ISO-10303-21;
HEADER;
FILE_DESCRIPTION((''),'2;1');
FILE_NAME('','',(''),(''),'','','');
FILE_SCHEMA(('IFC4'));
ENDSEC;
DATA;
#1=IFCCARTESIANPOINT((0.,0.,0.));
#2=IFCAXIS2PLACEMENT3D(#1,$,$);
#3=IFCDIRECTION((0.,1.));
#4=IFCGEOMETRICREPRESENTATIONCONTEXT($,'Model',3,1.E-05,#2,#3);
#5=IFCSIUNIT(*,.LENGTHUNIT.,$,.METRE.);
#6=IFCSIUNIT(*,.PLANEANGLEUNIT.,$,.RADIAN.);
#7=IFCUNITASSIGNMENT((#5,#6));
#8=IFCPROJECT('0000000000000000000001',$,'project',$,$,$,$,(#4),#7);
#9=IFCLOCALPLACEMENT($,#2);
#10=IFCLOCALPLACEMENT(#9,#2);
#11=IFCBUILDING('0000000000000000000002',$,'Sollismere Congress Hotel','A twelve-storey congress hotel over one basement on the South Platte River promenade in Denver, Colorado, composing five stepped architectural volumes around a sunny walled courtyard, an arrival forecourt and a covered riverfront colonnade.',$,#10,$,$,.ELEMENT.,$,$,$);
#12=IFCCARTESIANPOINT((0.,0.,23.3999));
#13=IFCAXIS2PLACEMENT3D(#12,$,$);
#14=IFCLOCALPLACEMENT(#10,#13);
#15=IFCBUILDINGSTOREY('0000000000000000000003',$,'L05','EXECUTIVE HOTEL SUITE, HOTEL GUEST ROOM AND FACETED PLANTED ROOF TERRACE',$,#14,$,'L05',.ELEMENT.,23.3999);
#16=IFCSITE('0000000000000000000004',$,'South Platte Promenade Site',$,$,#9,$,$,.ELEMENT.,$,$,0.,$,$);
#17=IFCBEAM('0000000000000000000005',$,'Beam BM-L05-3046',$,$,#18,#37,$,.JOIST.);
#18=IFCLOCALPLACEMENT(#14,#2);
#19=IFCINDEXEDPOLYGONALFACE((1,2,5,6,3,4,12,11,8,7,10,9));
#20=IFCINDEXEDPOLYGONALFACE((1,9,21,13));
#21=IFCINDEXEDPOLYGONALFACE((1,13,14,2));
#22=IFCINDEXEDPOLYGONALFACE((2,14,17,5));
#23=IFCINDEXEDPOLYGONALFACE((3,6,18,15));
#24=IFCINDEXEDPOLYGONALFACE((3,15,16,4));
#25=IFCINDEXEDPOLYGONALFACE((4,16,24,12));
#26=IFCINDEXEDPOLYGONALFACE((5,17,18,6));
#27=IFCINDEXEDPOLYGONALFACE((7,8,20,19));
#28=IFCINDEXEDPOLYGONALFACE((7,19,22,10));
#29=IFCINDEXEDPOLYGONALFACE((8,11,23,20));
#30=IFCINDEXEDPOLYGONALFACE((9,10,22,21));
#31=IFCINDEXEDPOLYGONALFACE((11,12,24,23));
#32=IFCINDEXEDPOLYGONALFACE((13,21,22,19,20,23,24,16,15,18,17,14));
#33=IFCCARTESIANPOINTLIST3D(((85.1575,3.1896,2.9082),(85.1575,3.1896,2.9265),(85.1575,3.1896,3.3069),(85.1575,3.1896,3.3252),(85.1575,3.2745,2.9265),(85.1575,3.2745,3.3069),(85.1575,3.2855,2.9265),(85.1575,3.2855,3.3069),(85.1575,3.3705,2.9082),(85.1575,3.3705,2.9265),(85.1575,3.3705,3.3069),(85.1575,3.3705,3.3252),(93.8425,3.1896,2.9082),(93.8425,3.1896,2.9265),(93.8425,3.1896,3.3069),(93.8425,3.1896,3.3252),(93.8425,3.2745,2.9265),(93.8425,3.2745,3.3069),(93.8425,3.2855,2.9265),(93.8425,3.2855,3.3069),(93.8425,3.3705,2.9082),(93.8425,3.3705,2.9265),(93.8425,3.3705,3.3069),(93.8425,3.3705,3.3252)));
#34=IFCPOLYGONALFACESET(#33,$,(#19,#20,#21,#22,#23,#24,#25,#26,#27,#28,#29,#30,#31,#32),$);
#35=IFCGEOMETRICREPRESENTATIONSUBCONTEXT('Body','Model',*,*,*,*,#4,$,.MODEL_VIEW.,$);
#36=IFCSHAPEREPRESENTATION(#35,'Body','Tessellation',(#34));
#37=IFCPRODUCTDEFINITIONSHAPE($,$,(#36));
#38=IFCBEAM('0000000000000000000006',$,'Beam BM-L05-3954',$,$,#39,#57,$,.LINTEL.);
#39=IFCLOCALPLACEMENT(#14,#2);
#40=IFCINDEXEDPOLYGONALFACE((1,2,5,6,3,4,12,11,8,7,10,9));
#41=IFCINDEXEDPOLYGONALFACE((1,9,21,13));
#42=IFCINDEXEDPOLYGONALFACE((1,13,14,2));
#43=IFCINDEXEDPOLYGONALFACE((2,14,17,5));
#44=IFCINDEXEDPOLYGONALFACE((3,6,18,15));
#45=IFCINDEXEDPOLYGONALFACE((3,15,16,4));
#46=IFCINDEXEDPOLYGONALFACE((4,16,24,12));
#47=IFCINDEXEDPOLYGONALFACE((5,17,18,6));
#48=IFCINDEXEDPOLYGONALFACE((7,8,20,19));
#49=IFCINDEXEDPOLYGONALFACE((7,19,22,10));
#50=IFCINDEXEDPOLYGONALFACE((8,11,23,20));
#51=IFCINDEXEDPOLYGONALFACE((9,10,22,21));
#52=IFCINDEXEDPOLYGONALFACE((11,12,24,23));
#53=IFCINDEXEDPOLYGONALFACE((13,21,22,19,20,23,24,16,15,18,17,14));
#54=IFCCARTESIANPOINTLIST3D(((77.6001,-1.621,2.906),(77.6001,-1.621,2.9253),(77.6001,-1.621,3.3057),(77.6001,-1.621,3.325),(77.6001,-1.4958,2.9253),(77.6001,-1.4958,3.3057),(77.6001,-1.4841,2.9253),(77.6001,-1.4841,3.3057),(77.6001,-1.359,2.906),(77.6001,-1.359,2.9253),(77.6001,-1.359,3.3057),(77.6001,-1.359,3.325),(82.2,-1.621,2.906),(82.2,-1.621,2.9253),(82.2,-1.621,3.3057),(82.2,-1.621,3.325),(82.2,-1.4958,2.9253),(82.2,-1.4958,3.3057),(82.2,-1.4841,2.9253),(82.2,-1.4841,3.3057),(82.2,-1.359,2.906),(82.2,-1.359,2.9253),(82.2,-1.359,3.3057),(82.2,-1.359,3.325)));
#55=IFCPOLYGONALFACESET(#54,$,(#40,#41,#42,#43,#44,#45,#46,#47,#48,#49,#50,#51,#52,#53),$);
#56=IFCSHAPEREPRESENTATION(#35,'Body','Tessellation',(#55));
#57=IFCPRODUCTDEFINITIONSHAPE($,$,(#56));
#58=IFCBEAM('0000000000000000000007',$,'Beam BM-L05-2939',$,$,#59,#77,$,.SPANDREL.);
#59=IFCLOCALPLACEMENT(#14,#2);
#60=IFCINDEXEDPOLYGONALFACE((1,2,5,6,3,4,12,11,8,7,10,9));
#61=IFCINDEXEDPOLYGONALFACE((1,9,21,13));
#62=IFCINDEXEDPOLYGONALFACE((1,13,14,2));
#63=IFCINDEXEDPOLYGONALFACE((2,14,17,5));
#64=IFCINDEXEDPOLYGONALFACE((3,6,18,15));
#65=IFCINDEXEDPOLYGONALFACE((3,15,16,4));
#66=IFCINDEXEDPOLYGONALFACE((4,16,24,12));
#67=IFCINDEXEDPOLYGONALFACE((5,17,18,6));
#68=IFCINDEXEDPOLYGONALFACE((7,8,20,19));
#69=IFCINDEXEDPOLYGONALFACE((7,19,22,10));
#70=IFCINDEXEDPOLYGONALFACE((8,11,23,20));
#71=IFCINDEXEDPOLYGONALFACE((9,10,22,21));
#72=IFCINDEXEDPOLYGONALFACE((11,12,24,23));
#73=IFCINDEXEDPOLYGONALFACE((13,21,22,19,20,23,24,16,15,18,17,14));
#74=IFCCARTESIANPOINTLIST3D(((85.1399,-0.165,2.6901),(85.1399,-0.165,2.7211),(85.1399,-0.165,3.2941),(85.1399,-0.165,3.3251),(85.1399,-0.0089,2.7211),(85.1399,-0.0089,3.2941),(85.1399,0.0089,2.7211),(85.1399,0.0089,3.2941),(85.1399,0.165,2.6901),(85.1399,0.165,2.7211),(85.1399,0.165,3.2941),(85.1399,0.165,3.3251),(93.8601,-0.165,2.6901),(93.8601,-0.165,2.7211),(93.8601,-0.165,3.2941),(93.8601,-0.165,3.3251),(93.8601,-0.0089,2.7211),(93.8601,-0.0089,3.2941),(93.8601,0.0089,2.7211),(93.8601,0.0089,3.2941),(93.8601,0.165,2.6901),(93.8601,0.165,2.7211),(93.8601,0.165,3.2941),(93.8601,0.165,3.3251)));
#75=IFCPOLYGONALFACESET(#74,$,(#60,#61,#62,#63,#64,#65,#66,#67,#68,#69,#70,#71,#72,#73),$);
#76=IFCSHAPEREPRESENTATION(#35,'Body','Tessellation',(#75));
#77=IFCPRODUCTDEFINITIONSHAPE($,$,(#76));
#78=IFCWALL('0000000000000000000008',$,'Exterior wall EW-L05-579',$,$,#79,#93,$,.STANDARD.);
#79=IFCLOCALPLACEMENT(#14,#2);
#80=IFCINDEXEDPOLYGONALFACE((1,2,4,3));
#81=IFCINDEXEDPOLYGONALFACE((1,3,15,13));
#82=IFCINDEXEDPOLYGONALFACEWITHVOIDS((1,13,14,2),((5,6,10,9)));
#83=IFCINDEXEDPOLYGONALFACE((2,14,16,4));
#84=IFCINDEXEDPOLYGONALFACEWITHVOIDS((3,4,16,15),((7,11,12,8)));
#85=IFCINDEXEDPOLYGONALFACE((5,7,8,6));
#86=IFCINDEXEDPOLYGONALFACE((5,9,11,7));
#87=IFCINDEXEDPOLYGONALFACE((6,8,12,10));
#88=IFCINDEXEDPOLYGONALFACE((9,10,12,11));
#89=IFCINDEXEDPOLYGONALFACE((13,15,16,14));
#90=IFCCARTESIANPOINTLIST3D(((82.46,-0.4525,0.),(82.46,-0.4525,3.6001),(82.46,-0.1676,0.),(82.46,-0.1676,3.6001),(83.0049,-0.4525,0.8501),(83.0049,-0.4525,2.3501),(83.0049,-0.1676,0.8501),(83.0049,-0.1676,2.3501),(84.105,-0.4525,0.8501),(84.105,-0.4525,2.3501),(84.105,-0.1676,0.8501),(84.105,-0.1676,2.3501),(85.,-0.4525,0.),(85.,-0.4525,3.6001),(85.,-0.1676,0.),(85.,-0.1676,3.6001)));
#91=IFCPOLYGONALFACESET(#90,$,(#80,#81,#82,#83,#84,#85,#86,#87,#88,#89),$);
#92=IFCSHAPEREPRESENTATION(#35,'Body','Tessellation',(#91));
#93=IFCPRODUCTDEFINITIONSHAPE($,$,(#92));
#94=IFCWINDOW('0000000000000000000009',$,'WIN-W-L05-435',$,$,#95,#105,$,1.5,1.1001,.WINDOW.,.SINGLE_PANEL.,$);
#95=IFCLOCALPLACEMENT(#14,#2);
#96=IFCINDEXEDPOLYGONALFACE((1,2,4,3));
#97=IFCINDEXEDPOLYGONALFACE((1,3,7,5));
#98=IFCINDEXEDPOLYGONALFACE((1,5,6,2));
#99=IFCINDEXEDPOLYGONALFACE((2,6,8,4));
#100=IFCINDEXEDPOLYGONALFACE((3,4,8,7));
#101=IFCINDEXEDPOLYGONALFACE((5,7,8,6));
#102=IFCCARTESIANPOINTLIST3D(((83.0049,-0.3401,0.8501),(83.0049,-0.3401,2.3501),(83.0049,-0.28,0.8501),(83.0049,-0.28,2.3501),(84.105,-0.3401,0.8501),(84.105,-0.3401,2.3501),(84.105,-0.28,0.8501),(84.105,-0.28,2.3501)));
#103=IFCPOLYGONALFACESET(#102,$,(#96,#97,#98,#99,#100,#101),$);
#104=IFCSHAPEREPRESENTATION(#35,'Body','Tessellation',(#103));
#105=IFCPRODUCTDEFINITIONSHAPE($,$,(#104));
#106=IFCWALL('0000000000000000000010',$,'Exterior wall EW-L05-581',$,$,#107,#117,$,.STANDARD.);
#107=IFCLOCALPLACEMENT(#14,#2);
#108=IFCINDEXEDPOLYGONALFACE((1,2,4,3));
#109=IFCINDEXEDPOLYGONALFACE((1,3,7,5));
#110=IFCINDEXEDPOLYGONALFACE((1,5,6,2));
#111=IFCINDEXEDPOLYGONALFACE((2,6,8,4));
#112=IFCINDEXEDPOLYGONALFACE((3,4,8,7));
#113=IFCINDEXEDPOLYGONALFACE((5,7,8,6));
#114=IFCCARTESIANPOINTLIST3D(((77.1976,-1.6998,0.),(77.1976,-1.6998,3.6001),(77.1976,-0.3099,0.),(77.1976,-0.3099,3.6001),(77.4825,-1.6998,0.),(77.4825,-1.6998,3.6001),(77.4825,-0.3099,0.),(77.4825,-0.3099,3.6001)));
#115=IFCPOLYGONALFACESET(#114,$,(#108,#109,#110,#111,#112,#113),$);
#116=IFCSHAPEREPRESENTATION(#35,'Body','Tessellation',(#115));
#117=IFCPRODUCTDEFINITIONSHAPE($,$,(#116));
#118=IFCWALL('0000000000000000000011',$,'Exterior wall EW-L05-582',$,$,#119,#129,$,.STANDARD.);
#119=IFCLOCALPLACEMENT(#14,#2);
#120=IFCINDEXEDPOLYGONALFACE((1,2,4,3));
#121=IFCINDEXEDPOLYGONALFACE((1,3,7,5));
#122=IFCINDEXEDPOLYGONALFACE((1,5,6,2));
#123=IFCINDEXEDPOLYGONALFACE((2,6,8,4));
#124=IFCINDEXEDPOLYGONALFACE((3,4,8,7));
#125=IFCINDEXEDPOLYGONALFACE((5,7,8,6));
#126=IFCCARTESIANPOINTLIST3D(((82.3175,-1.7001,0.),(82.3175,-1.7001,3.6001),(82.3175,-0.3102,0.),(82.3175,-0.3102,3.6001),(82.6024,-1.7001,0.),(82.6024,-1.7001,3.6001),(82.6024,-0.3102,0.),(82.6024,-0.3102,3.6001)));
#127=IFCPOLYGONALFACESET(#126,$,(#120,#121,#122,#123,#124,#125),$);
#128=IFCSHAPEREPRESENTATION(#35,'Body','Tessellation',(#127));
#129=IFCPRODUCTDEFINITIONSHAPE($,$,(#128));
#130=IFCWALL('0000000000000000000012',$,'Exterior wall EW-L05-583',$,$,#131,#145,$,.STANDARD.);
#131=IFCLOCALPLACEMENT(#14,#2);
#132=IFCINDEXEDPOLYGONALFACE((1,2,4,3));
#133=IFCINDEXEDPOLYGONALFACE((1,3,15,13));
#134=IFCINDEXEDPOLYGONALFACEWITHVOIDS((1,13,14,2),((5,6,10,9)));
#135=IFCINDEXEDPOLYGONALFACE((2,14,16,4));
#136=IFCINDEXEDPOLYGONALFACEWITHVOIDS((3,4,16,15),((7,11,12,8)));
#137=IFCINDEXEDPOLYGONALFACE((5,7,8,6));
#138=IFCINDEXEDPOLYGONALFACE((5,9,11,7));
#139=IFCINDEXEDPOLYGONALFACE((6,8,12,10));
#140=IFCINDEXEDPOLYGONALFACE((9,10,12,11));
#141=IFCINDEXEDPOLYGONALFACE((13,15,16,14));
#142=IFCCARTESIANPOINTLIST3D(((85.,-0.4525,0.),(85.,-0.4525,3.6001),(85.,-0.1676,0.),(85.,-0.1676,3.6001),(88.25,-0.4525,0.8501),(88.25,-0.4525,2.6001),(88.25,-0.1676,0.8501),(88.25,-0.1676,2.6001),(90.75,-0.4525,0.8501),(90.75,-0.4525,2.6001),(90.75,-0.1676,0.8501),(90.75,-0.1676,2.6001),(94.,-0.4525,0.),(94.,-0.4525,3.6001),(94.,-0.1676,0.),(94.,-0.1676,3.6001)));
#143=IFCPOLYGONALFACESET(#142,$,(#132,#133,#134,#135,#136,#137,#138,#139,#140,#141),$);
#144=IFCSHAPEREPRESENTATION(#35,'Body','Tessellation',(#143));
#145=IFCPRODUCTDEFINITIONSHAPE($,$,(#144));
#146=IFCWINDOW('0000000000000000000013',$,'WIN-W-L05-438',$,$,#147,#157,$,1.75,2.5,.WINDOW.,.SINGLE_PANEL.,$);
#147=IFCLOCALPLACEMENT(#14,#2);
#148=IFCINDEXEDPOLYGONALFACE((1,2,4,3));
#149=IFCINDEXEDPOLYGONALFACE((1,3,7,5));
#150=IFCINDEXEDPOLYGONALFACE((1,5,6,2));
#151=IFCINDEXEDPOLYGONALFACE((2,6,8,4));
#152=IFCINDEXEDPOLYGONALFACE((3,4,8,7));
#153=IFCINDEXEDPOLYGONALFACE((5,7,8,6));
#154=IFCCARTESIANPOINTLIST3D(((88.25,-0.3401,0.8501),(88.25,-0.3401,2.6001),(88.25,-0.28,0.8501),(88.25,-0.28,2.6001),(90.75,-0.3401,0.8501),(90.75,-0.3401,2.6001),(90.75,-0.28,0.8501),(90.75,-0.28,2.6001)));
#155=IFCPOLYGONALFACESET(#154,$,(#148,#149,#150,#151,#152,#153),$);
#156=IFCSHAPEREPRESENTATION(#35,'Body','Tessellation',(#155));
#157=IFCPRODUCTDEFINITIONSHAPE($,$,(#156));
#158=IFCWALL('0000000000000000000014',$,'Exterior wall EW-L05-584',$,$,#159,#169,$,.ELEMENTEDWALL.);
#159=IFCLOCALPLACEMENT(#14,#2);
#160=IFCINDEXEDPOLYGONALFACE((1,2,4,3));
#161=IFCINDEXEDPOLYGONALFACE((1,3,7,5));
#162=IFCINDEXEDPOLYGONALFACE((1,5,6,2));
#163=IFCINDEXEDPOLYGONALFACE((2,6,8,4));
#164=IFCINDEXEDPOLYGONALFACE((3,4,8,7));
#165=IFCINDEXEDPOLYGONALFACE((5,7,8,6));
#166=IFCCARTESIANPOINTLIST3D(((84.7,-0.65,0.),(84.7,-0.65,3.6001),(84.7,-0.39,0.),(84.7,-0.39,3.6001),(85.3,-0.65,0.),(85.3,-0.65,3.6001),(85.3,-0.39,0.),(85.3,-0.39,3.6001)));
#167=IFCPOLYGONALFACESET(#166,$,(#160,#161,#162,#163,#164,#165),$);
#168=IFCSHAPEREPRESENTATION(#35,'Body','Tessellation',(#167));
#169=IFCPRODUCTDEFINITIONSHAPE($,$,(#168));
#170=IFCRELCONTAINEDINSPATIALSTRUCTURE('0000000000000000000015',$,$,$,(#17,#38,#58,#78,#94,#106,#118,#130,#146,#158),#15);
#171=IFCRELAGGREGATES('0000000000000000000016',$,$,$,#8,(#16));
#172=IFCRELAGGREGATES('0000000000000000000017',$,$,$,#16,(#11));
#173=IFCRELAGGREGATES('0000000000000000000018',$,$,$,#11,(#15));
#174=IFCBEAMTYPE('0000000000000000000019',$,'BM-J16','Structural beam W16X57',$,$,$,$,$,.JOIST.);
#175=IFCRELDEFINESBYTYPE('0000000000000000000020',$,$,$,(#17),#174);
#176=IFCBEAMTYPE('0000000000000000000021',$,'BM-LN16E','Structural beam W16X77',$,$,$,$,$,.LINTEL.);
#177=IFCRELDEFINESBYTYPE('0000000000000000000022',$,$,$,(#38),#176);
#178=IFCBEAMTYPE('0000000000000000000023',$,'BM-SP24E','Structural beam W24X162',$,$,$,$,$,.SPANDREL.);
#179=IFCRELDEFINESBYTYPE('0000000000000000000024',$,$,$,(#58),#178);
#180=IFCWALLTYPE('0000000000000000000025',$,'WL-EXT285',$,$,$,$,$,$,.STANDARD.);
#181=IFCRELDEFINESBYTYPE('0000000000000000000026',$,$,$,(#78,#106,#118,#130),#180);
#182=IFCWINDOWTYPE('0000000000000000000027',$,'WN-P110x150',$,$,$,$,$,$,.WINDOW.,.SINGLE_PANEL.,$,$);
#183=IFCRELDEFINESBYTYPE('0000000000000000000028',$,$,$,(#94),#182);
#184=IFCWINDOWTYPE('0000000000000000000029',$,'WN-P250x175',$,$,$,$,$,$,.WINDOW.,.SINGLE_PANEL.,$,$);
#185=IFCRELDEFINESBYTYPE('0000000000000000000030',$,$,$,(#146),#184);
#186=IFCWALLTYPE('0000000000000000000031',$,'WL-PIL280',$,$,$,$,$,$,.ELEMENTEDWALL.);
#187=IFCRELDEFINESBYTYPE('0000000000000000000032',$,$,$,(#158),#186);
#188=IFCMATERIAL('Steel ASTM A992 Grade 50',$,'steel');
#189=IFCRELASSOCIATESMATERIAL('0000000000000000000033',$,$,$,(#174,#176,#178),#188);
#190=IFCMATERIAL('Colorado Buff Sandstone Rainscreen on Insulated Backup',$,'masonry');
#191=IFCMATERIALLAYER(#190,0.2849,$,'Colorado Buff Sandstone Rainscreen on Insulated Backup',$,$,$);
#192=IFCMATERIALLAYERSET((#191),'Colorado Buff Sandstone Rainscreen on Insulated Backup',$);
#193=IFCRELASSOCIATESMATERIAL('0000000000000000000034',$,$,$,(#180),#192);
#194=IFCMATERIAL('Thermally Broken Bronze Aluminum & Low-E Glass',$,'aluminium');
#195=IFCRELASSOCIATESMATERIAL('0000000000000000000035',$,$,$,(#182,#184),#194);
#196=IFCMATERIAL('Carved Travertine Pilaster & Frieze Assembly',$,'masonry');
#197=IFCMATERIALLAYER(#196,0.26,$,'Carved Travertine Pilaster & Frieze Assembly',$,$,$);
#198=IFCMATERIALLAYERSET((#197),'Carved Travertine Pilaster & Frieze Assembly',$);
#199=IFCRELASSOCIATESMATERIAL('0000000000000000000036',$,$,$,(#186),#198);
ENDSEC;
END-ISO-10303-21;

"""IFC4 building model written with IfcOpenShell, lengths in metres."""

from ifc_helpers import new_model, si_unit, direction, frame, frame_2d, origin, origin_2d, place, context, subcontext, project, spatial, rectangle, i_section, extrude, material, layer, layer_set, material_profile, profile_set, type_object, element, fill, save


model = new_model("IFC4")

# Units and contexts
model_context = context("Model", 3, precision=1e-05, world=origin(), true_north=direction((0.0, 1.0)))
body_context = subcontext(model_context, "Body", "Model", "MODEL_VIEW")
ifc_project = project(units=[si_unit("LENGTHUNIT", "METRE"), si_unit("PLANEANGLEUNIT", "RADIAN")], contexts=[model_context])

# Site, building, storey
site_placement = place(None, origin())
site = spatial("IfcSite", under=ifc_project, at=site_placement, Name="South Platte Promenade Site", CompositionType="ELEMENT", RefElevation=0.0)
building_placement = place(site_placement, origin())
building = spatial("IfcBuilding", under=site, at=building_placement, Name="Sollismere Congress Hotel", Description="A twelve-storey congress hotel over one basement on the South Platte River promenade in Denver, Colorado, composing five stepped architectural volumes around a sunny walled courtyard, an arrival forecourt and a covered riverfront colonnade.", CompositionType="ELEMENT")
storey_placement = place(building_placement, frame((0.0, 0.0, 23.3999)))
storey = spatial("IfcBuildingStorey", under=building, at=storey_placement, Name="L05", Description="EXECUTIVE HOTEL SUITE, HOTEL GUEST ROOM AND FACETED PLANTED ROOF TERRACE", LongName="L05", CompositionType="ELEMENT", Elevation=23.3999)

# Shared definitions
ifc_material_1 = material(Name="Steel ASTM A992 Grade 50", Category="steel")

# Beams
ifc_material_profile_1 = material_profile(ifc_material_1, i_section(OverallWidth=0.1809, OverallDepth=0.417, WebThickness=0.011, FlangeThickness=0.0183, at=origin_2d()), Name="W16X57")
ifc_profile_set_1 = profile_set([ifc_material_profile_1], Name="Steel ASTM A992 Grade 50")
beam_type_1 = type_object("IfcBeamType", Name="BM-J16", Description="Structural beam W16X57", PredefinedType="JOIST", material=ifc_profile_set_1)
for number, where, z_axis, x_axis, name in (
    (1, (85.1575, 3.28, 3.1167), (1.0, 0.0, 0.0), (0.0, 1.0, 0.0), "Beam BM-L05-3046"),
):
    element("IfcBeam", number, at=place(storey_placement, frame(where, z_axis=z_axis, x_axis=x_axis)), inside=storey, type_object=beam_type_1, Name=name, PredefinedType="JOIST", context=body_context, shape_type="SweptSolid", body=[
        extrude(i_section(OverallWidth=0.1809, OverallDepth=0.417, WebThickness=0.011, FlangeThickness=0.0183, at=origin_2d()), origin(), (0.0, 0.0, 1.0), 8.6851),
    ])
ifc_material_profile_2 = material_profile(ifc_material_1, i_section(OverallWidth=0.262, OverallDepth=0.4189, WebThickness=0.0117, FlangeThickness=0.0193, at=origin_2d()), Name="W16X77")
ifc_profile_set_2 = profile_set([ifc_material_profile_2], Name="Steel ASTM A992 Grade 50")
beam_type_2 = type_object("IfcBeamType", Name="BM-LN16E", Description="Structural beam W16X77", PredefinedType="LINTEL", material=ifc_profile_set_2)
beam_1_placement = place(storey_placement, frame((77.6001, -1.49, 3.1155), z_axis=(1.0, 0.0, 0.0), x_axis=(0.0, 1.0, 0.0)))
element("IfcBeam", 2, at=beam_1_placement, inside=storey, type_object=beam_type_2, Name="Beam BM-L05-3954", PredefinedType="LINTEL", context=body_context, shape_type="SweptSolid", body=[
    extrude(i_section(OverallWidth=0.262, OverallDepth=0.4189, WebThickness=0.0117, FlangeThickness=0.0193, at=origin_2d()), origin(), (0.0, 0.0, 1.0), 4.5999),
])
ifc_material_profile_3 = material_profile(ifc_material_1, i_section(OverallWidth=0.3301, OverallDepth=0.635, WebThickness=0.0178, FlangeThickness=0.031, at=origin_2d()), Name="W24X162")
ifc_profile_set_3 = profile_set([ifc_material_profile_3], Name="Steel ASTM A992 Grade 50")
beam_type_3 = type_object("IfcBeamType", Name="BM-SP24E", Description="Structural beam W24X162", PredefinedType="SPANDREL", material=ifc_profile_set_3)
beam_2_placement = place(storey_placement, frame((85.1399, 0.0, 3.0076), z_axis=(1.0, 0.0, 0.0), x_axis=(0.0, 1.0, 0.0)))
element("IfcBeam", 3, at=beam_2_placement, inside=storey, type_object=beam_type_3, Name="Beam BM-L05-2939", PredefinedType="SPANDREL", context=body_context, shape_type="SweptSolid", body=[
    extrude(i_section(OverallWidth=0.3301, OverallDepth=0.635, WebThickness=0.0178, FlangeThickness=0.031, at=origin_2d()), origin(), (0.0, 0.0, 1.0), 8.7202),
])

# Wall, opening, window
ifc_material_2 = material(Name="Colorado Buff Sandstone Rainscreen on Insulated Backup", Category="masonry")
ifc_layer_1 = layer(ifc_material_2, 0.2849, Name="Colorado Buff Sandstone Rainscreen on Insulated Backup")
ifc_layer_set_1 = layer_set([ifc_layer_1], Name="Colorado Buff Sandstone Rainscreen on Insulated Backup")
wall_type_1 = type_object("IfcWallType", Name="WL-EXT285", PredefinedType="STANDARD", material=ifc_layer_set_1)
wall_1_placement = place(storey_placement, frame((82.46, -0.3101, 0.0), z_axis=(0.0, 0.0, 1.0), x_axis=(1.0, 0.0, 0.0)))
wall_1 = element("IfcWall", 4, at=wall_1_placement, inside=storey, type_object=wall_type_1, Name="Exterior wall EW-L05-579", PredefinedType="STANDARD", context=body_context, shape_type="SweptSolid", body=[
    extrude(rectangle(XDim=2.54, YDim=0.2849, at=frame_2d((1.27, 0.0))), origin(), (0.0, 0.0, 1.0), 3.6001),
])
opening_1_placement = place(wall_1_placement, frame((0.5449, 0.0, 0.8501)))
opening_1 = element("IfcOpeningElement", 5, at=opening_1_placement, cuts=wall_1, PredefinedType="OPENING", context=body_context, shape_type="SweptSolid", body=[
    extrude(rectangle(XDim=1.1001, YDim=1.5, at=frame_2d((0.55, 0.75))), frame((0.0, 0.1523, 0.0), z_axis=(0.0, -1.0, 0.0), x_axis=(1.0, 0.0, 0.0)), (0.0, 0.0, 1.0), 0.3049),
])
ifc_material_3 = material(Name="Thermally Broken Bronze Aluminum & Low-E Glass", Category="aluminium")
window_type_1 = type_object("IfcWindowType", Name="WN-P110x150", PartitioningType="SINGLE_PANEL", PredefinedType="WINDOW", material=ifc_material_3)
window_1_placement = place(opening_1_placement, origin())
window_1 = element("IfcWindow", 6, at=window_1_placement, inside=storey, type_object=window_type_1, Name="WIN-W-L05-435", OverallHeight=1.5, OverallWidth=1.1001, PartitioningType="SINGLE_PANEL", PredefinedType="WINDOW", context=body_context, shape_type="SweptSolid", body=[
    extrude(rectangle(XDim=1.1001, YDim=1.5, at=frame_2d((0.55, 0.75))), frame((0.0, 0.03, 0.0), z_axis=(0.0, -1.0, 0.0), x_axis=(1.0, 0.0, 0.0)), (0.0, 0.0, 1.0), 0.0601),
])
fill(opening_1, window_1)

# Walls
for number, where, z_axis, x_axis, name in (
    (7, (77.3401, -0.3101, 0.0), (0.0, 0.0, 1.0), (0.0, -1.0, 0.0), "Exterior wall EW-L05-581"),
    (8, (82.46, -1.7, 0.0), (0.0, 0.0, 1.0), (0.0, 1.0, 0.0), "Exterior wall EW-L05-582"),
):
    element("IfcWall", number, at=place(storey_placement, frame(where, z_axis=z_axis, x_axis=x_axis)), inside=storey, type_object=wall_type_1, Name=name, PredefinedType="STANDARD", context=body_context, shape_type="SweptSolid", body=[
        extrude(rectangle(XDim=1.3899, YDim=0.2849, at=frame_2d((0.6948, 0.0))), origin(), (0.0, 0.0, 1.0), 3.6001),
    ])

# Wall, opening, window
wall_2_placement = place(storey_placement, frame((85.0, -0.3101, 0.0), z_axis=(0.0, 0.0, 1.0), x_axis=(1.0, 0.0, 0.0)))
wall_2 = element("IfcWall", 9, at=wall_2_placement, inside=storey, type_object=wall_type_1, Name="Exterior wall EW-L05-583", PredefinedType="STANDARD", context=body_context, shape_type="SweptSolid", body=[
    extrude(rectangle(XDim=9.0, YDim=0.2849, at=frame_2d((4.5, 0.0))), origin(), (0.0, 0.0, 1.0), 3.6001),
])
opening_2_placement = place(wall_2_placement, frame((3.25, 0.0, 0.8501)))
opening_2 = element("IfcOpeningElement", 10, at=opening_2_placement, cuts=wall_2, PredefinedType="OPENING", context=body_context, shape_type="SweptSolid", body=[
    extrude(rectangle(XDim=2.5, YDim=1.75, at=frame_2d((1.25, 0.875))), frame((0.0, 0.1523, 0.0), z_axis=(0.0, -1.0, 0.0), x_axis=(1.0, 0.0, 0.0)), (0.0, 0.0, 1.0), 0.3049),
])
window_type_2 = type_object("IfcWindowType", Name="WN-P250x175", PartitioningType="SINGLE_PANEL", PredefinedType="WINDOW", material=ifc_material_3)
window_2_placement = place(opening_2_placement, origin())
window_2 = element("IfcWindow", 11, at=window_2_placement, inside=storey, type_object=window_type_2, Name="WIN-W-L05-438", OverallHeight=1.75, OverallWidth=2.5, PartitioningType="SINGLE_PANEL", PredefinedType="WINDOW", context=body_context, shape_type="SweptSolid", body=[
    extrude(rectangle(XDim=2.5, YDim=1.75, at=frame_2d((1.25, 0.875))), frame((0.0, 0.03, 0.0), z_axis=(0.0, -1.0, 0.0), x_axis=(1.0, 0.0, 0.0)), (0.0, 0.0, 1.0), 0.0601),
])
fill(opening_2, window_2)

# Wall
ifc_material_4 = material(Name="Carved Travertine Pilaster & Frieze Assembly", Category="masonry")
ifc_layer_2 = layer(ifc_material_4, 0.26, Name="Carved Travertine Pilaster & Frieze Assembly")
ifc_layer_set_2 = layer_set([ifc_layer_2], Name="Carved Travertine Pilaster & Frieze Assembly")
wall_type_2 = type_object("IfcWallType", Name="WL-PIL280", PredefinedType="ELEMENTEDWALL", material=ifc_layer_set_2)
wall_3_placement = place(storey_placement, frame((84.7, -0.52, 0.0), z_axis=(0.0, 0.0, 1.0), x_axis=(1.0, 0.0, 0.0)))
element("IfcWall", 12, at=wall_3_placement, inside=storey, type_object=wall_type_2, Name="Exterior wall EW-L05-584", PredefinedType="ELEMENTEDWALL", context=body_context, shape_type="SweptSolid", body=[
    extrude(rectangle(XDim=0.6001, YDim=0.26, at=frame_2d((0.3, 0.0))), origin(), (0.0, 0.0, 1.0), 3.6001),
])

save(model, "model.ifc")
